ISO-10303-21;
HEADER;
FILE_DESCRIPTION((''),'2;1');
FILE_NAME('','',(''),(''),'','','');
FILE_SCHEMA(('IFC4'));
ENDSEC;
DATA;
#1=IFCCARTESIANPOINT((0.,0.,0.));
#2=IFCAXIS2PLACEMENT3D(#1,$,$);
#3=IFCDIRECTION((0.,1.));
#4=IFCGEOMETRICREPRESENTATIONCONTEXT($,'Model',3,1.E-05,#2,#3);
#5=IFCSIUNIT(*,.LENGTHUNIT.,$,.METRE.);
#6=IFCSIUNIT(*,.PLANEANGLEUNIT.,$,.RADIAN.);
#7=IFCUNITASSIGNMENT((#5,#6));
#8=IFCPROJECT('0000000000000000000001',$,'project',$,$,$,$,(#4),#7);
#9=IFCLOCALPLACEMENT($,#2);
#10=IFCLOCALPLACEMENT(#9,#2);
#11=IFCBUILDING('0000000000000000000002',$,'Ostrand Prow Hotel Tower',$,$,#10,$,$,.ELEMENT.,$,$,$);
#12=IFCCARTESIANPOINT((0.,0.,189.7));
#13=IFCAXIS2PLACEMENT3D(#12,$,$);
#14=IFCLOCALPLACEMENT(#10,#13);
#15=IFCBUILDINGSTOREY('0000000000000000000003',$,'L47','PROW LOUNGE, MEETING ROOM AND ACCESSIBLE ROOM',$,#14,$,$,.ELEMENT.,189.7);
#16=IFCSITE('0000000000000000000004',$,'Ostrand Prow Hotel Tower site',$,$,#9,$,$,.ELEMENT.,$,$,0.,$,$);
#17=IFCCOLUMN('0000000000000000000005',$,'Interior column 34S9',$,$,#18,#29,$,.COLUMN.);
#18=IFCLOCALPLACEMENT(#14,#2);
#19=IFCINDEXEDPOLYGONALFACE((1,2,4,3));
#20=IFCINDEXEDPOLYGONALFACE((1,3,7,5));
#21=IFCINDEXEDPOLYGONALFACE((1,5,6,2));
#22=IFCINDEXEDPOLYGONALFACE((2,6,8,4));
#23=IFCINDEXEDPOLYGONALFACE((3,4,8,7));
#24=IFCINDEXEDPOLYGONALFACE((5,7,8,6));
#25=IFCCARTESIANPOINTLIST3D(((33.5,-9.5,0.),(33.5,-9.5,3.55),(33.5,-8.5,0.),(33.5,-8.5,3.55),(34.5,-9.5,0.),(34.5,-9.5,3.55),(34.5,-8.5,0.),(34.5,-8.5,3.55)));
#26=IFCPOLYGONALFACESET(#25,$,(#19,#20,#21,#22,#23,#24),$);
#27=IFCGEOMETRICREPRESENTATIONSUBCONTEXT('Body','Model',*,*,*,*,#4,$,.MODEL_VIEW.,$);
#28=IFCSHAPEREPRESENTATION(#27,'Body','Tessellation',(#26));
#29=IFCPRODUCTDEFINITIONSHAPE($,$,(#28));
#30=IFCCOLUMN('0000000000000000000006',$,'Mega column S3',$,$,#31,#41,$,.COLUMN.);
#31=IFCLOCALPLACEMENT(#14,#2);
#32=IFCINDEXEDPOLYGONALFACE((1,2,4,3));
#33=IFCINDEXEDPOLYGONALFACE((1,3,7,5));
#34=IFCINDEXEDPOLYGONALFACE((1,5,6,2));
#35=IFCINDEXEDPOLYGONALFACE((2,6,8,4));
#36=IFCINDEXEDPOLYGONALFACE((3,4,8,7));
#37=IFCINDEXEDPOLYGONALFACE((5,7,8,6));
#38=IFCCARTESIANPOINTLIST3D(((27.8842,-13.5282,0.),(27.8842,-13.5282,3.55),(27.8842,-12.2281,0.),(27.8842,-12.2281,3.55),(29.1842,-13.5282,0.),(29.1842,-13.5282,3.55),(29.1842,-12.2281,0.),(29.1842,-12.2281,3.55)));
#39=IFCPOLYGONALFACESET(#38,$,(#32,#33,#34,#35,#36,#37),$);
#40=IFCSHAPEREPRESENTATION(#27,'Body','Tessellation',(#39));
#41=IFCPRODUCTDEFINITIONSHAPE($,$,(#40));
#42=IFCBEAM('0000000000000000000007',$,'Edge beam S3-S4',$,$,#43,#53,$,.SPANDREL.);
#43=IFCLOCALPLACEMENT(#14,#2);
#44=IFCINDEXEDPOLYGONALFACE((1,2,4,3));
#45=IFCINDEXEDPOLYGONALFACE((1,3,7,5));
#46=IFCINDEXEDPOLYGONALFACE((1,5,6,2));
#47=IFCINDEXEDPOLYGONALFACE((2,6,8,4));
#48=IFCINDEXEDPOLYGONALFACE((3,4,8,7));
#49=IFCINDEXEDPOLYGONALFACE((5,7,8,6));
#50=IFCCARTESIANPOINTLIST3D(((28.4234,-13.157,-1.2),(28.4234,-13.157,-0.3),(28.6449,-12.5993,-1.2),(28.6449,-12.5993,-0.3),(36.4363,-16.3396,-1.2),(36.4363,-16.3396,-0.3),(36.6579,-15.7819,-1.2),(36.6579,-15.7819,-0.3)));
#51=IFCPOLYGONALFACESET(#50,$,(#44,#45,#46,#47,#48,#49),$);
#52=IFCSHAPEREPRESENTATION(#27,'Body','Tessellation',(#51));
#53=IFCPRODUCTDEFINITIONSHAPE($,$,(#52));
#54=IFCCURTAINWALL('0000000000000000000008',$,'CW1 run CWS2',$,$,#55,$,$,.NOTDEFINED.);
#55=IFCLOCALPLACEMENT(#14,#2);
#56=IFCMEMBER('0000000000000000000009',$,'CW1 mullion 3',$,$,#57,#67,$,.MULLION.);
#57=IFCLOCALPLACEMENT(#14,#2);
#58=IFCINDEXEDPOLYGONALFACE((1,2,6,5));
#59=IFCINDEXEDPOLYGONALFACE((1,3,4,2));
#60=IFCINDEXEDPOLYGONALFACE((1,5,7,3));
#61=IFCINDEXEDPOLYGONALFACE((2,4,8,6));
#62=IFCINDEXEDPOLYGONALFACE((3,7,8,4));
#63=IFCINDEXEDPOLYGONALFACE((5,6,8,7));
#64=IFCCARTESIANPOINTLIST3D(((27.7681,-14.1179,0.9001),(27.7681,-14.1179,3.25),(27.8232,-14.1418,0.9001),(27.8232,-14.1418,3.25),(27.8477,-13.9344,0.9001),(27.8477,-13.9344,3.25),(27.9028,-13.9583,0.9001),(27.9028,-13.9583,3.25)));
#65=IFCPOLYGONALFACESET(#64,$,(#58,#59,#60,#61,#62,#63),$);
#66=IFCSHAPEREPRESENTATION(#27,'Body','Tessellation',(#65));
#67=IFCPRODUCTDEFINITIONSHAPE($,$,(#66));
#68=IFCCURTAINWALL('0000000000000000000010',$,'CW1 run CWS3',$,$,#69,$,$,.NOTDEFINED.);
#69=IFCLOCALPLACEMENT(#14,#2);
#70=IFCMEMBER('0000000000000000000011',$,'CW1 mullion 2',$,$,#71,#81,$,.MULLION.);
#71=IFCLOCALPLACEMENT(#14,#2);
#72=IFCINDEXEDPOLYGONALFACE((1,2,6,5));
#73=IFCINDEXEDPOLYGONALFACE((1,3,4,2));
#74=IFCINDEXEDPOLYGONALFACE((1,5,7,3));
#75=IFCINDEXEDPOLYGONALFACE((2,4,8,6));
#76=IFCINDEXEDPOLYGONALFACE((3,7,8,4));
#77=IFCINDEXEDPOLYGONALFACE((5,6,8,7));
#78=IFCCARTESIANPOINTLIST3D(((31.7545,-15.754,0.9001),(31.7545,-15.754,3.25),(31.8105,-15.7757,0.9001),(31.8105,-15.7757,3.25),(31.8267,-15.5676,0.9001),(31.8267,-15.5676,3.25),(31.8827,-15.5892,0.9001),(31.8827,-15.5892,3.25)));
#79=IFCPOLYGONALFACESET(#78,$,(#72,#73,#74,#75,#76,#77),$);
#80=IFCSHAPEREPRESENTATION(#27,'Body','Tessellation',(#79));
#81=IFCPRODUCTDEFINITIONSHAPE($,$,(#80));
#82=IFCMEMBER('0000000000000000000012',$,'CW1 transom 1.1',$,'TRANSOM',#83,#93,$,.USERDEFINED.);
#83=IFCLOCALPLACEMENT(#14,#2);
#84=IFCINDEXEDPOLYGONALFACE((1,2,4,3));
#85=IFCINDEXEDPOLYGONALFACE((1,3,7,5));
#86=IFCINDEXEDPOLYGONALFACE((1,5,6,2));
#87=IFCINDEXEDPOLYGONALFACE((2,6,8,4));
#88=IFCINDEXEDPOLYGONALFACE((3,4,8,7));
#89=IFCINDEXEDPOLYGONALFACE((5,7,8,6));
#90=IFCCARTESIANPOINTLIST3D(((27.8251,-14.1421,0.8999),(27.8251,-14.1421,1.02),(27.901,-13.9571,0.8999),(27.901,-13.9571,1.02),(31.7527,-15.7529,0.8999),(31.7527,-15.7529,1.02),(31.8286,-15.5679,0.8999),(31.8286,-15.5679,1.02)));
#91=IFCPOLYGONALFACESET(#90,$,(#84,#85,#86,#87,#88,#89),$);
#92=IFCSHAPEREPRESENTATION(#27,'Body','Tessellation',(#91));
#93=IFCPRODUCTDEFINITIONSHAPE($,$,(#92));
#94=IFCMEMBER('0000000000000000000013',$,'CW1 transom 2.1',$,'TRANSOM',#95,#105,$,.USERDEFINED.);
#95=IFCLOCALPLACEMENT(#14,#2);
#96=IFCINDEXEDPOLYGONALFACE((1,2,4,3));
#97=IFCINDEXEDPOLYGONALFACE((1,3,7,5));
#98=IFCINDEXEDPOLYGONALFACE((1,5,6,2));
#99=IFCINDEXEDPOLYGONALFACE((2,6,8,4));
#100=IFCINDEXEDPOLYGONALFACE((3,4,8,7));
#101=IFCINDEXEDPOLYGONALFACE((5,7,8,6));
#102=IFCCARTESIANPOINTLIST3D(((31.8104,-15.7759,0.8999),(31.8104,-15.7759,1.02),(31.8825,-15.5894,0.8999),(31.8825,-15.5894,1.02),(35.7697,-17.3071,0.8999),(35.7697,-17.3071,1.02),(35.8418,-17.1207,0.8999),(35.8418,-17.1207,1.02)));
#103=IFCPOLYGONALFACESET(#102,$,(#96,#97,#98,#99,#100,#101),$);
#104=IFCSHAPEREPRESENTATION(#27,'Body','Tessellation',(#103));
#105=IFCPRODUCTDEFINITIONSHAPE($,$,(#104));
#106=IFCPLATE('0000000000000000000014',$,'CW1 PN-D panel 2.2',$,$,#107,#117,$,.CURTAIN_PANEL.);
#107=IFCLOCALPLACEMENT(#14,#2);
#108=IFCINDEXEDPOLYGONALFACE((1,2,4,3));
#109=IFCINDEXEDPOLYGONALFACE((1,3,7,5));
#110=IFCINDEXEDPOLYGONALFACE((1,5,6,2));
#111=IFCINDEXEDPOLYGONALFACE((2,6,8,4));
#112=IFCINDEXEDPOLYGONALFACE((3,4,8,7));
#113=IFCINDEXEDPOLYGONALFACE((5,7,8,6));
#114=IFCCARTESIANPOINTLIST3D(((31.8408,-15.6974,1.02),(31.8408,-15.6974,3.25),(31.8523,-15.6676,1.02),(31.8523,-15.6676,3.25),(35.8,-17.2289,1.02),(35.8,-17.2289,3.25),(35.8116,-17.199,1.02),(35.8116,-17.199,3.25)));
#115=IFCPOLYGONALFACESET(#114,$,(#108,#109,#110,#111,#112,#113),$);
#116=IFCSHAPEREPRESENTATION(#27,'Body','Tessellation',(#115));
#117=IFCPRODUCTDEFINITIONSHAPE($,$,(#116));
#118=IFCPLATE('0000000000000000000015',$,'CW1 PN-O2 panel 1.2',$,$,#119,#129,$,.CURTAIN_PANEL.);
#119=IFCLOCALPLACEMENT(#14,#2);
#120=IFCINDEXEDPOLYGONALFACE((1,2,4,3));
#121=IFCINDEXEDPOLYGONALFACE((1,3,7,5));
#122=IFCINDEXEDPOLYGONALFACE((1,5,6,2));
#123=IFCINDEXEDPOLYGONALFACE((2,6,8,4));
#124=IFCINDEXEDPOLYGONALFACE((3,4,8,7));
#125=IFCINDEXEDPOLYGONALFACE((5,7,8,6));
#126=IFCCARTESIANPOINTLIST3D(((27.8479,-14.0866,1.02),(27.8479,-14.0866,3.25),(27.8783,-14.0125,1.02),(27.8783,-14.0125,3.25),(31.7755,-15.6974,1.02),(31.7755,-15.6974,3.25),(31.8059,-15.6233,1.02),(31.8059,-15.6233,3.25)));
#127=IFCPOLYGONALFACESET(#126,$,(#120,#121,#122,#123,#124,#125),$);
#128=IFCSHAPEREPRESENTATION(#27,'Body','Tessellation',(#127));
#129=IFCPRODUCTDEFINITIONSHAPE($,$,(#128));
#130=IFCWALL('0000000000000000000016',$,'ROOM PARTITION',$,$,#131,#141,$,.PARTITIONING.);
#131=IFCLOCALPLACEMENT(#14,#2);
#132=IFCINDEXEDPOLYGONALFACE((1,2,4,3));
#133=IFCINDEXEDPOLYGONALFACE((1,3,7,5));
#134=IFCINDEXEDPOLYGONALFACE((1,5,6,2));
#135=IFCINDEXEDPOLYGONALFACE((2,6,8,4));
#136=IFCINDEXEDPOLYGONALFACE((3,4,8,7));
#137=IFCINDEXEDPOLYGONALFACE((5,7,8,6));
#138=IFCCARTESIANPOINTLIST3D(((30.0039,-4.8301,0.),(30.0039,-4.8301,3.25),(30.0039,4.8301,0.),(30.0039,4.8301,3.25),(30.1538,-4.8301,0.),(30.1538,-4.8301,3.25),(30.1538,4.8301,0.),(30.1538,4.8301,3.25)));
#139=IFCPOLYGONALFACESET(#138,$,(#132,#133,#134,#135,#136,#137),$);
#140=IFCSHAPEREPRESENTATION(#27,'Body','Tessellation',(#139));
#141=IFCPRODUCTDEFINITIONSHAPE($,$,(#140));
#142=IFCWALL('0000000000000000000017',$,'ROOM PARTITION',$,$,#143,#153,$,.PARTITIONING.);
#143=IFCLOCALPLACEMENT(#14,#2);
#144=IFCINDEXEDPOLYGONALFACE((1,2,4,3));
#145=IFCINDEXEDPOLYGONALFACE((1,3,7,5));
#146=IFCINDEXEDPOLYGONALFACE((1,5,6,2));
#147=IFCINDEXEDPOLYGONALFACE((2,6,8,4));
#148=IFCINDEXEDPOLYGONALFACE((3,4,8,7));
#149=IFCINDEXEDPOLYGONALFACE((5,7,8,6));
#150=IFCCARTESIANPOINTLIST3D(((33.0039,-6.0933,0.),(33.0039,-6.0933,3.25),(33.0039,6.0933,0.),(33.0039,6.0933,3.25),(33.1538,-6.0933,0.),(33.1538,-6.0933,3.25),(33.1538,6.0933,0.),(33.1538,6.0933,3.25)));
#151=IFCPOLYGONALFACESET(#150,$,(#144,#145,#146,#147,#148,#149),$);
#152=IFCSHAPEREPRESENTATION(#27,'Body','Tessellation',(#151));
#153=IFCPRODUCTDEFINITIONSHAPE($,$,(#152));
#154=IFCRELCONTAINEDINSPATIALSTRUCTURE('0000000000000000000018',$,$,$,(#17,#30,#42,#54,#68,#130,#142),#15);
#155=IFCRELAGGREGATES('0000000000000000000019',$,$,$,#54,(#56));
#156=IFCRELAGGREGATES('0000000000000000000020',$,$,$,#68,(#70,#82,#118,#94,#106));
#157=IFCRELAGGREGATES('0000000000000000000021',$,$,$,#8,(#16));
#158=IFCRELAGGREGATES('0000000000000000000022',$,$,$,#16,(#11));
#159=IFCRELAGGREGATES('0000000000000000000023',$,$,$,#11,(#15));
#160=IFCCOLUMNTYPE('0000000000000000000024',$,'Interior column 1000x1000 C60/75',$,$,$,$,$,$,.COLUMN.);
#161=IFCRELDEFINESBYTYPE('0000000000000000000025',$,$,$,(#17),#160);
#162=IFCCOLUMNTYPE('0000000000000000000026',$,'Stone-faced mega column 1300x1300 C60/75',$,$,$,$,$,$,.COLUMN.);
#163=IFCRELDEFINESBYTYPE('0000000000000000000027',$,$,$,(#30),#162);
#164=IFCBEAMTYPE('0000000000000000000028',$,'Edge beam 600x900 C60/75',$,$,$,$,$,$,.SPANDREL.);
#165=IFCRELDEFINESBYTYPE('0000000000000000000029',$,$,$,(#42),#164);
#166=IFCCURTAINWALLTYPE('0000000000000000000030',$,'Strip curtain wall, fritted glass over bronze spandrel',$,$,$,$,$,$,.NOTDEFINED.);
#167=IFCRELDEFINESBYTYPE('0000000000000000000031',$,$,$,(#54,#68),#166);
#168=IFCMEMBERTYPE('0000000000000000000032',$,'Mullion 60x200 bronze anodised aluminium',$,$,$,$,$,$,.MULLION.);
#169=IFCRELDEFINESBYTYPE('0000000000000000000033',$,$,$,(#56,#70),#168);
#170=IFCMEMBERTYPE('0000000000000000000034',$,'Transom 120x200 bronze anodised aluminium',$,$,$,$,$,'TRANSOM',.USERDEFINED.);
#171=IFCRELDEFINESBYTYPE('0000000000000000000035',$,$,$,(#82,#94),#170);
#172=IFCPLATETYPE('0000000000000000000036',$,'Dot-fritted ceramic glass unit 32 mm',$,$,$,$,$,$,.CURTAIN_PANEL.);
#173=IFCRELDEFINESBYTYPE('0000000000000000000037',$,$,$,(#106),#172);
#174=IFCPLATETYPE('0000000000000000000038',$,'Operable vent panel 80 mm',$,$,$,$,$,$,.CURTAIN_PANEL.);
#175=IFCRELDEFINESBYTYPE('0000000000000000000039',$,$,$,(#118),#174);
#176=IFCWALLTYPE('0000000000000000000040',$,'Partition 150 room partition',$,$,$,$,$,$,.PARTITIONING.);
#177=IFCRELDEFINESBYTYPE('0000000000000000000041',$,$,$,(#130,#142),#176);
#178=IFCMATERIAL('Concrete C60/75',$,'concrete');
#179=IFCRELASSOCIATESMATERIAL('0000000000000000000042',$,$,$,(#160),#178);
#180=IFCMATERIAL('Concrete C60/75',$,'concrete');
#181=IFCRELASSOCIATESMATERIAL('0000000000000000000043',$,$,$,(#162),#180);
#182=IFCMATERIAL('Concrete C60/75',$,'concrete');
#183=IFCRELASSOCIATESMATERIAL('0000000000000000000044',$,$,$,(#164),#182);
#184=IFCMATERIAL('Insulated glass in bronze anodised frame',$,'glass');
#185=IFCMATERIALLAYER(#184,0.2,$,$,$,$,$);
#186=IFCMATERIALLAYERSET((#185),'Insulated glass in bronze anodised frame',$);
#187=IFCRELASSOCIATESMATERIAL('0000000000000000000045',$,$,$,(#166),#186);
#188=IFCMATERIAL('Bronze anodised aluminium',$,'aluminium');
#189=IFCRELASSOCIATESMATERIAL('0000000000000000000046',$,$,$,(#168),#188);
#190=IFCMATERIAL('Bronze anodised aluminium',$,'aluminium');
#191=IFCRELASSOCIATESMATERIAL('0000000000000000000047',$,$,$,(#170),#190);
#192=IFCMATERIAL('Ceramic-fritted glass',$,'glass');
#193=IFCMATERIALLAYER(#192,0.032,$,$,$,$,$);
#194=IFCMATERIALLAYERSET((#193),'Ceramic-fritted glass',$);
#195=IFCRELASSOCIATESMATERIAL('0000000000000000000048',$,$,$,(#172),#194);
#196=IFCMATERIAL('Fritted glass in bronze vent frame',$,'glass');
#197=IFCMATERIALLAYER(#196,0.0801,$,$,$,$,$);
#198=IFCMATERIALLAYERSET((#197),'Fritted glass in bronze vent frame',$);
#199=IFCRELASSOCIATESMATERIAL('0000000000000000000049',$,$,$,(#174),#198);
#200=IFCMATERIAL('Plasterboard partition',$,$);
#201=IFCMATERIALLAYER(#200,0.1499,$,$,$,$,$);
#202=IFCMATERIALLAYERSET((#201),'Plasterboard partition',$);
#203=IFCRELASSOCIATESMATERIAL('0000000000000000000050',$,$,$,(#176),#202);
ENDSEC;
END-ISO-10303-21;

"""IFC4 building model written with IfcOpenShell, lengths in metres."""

from ifc_helpers import new_model, si_unit, direction, frame, frame_2d, origin, origin_2d, place, context, subcontext, project, spatial, rectangle, extrude, material, layer, layer_set, material_profile, profile_set, type_object, element, aggregate, save


model = new_model("IFC4")

# Units and contexts
model_context = context("Model", 3, precision=1e-05, world=origin(), true_north=direction((0.0, 1.0)))
body_context = subcontext(model_context, "Body", "Model", "MODEL_VIEW")
ifc_project = project(units=[si_unit("LENGTHUNIT", "METRE"), si_unit("PLANEANGLEUNIT", "RADIAN")], contexts=[model_context])

# Site, building, storey
site_placement = place(None, origin())
site = spatial("IfcSite", under=ifc_project, at=site_placement, Name="Ostrand Prow Hotel Tower site", CompositionType="ELEMENT", RefElevation=0.0)
building_placement = place(site_placement, origin())
building = spatial("IfcBuilding", under=site, at=building_placement, Name="Ostrand Prow Hotel Tower", CompositionType="ELEMENT")
storey_placement = place(building_placement, frame((0.0, 0.0, 189.7)))
storey = spatial("IfcBuildingStorey", under=building, at=storey_placement, Name="L47", Description="PROW LOUNGE, MEETING ROOM AND ACCESSIBLE ROOM", CompositionType="ELEMENT", Elevation=189.7)

# Columns
ifc_material_1 = material(Name="Concrete C60/75", Category="concrete")
ifc_material_profile_1 = material_profile(ifc_material_1, rectangle(XDim=1.0, YDim=1.0, at=origin_2d()), Name="RC 1000x1000")
ifc_profile_set_1 = profile_set([ifc_material_profile_1], Name="Concrete C60/75")
column_type_1 = type_object("IfcColumnType", Name="Interior column 1000x1000 C60/75", PredefinedType="COLUMN", material=ifc_profile_set_1)
column_1_placement = place(storey_placement, frame((34.0, -9.0, 0.0), z_axis=(0.0, 0.0, 1.0), x_axis=(1.0, 0.0, 0.0)))
element("IfcColumn", 1, at=column_1_placement, inside=storey, type_object=column_type_1, Name="Interior column 34S9", PredefinedType="COLUMN", context=body_context, shape_type="SweptSolid", body=[
    extrude(rectangle(XDim=1.0, YDim=1.0, at=origin_2d()), origin(), (0.0, 0.0, 1.0), 3.55),
])
ifc_material_2 = material(Name="Concrete C60/75", Category="concrete")
ifc_material_profile_2 = material_profile(ifc_material_2, rectangle(XDim=1.3, YDim=1.3, at=origin_2d()), Name="RC 1300x1300")
ifc_profile_set_2 = profile_set([ifc_material_profile_2], Name="Concrete C60/75")
column_type_2 = type_object("IfcColumnType", Name="Stone-faced mega column 1300x1300 C60/75", PredefinedType="COLUMN", material=ifc_profile_set_2)
column_2_placement = place(storey_placement, frame((28.5342, -12.8782, 0.0), z_axis=(0.0, 0.0, 1.0), x_axis=(1.0, 0.0, 0.0)))
element("IfcColumn", 2, at=column_2_placement, inside=storey, type_object=column_type_2, Name="Mega column S3", PredefinedType="COLUMN", context=body_context, shape_type="SweptSolid", body=[
    extrude(rectangle(XDim=1.3, YDim=1.3, at=origin_2d()), origin(), (0.0, 0.0, 1.0), 3.55),
])

# Beam
ifc_material_3 = material(Name="Concrete C60/75", Category="concrete")
ifc_material_profile_3 = material_profile(ifc_material_3, rectangle(XDim=0.6001, YDim=0.8999, at=origin_2d()), Name="RC 600x900")
ifc_profile_set_3 = profile_set([ifc_material_profile_3], Name="Concrete C60/75")
beam_type = type_object("IfcBeamType", Name="Edge beam 600x900 C60/75", PredefinedType="SPANDREL", material=ifc_profile_set_3)
beam_placement = place(storey_placement, frame((28.5342, -12.8782, -0.75), z_axis=(0.929376, -0.369134, 0.0), x_axis=(0.369134, 0.929376, 0.0)))
element("IfcBeam", 3, at=beam_placement, inside=storey, type_object=beam_type, Name="Edge beam S3-S4", PredefinedType="SPANDREL", context=body_context, shape_type="SweptSolid", body=[
    extrude(rectangle(XDim=0.6001, YDim=0.8999, at=origin_2d()), origin(), (0.0, 0.0, 1.0), 8.6218),
])

# Curtain wall, member
ifc_material_4 = material(Name="Insulated glass in bronze anodised frame", Category="glass")
ifc_layer_1 = layer(ifc_material_4, 0.2)
ifc_layer_set_1 = layer_set([ifc_layer_1], Name="Insulated glass in bronze anodised frame")
curtain_wall_type = type_object("IfcCurtainWallType", Name="Strip curtain wall, fritted glass over bronze spandrel", PredefinedType="NOTDEFINED", material=ifc_layer_set_1)
curtain_wall_1_placement = place(storey_placement, origin())
curtain_wall_1 = element("IfcCurtainWall", 4, at=curtain_wall_1_placement, inside=storey, type_object=curtain_wall_type, Name="CW1 run CWS2", PredefinedType="NOTDEFINED")
ifc_material_5 = material(Name="Bronze anodised aluminium", Category="aluminium")
ifc_material_profile_4 = material_profile(ifc_material_5, rectangle(XDim=0.2, YDim=0.0601, at=origin_2d()), Name="Mullion 60x200 bronze anodised aluminium")
ifc_profile_set_4 = profile_set([ifc_material_profile_4], Name="Bronze anodised aluminium")
member_type_1 = type_object("IfcMemberType", Name="Mullion 60x200 bronze anodised aluminium", PredefinedType="MULLION", material=ifc_profile_set_4)
member_1_placement = place(storey_placement, frame((27.8354, -14.0381, 0.9001), z_axis=(0.0, 0.0, 1.0), x_axis=(0.398005, 0.917383, 0.0)))
member_1 = element("IfcMember", 5, at=member_1_placement, type_object=member_type_1, Name="CW1 mullion 3", PredefinedType="MULLION", context=body_context, shape_type="SweptSolid", body=[
    extrude(rectangle(XDim=0.2, YDim=0.0601, at=origin_2d()), origin(), (0.0, 0.0, 1.0), 2.3499),
])
aggregate(curtain_wall_1, [member_1])

# Curtain wall, members, plates
curtain_wall_2_placement = place(storey_placement, origin())
curtain_wall_2 = element("IfcCurtainWall", 6, at=curtain_wall_2_placement, inside=storey, type_object=curtain_wall_type, Name="CW1 run CWS3", PredefinedType="NOTDEFINED")
member_2_placement = place(storey_placement, frame((31.8186, -15.6716, 0.9001), z_axis=(0.0, 0.0, 1.0), x_axis=(0.360749, 0.932663, 0.0)))
member_2 = element("IfcMember", 7, at=member_2_placement, type_object=member_type_1, Name="CW1 mullion 2", PredefinedType="MULLION", context=body_context, shape_type="SweptSolid", body=[
    extrude(rectangle(XDim=0.2, YDim=0.0601, at=origin_2d()), origin(), (0.0, 0.0, 1.0), 2.3499),
])
ifc_material_6 = material(Name="Bronze anodised aluminium", Category="aluminium")
ifc_material_profile_5 = material_profile(ifc_material_6, rectangle(XDim=0.2, YDim=0.1201, at=origin_2d()), Name="Transom 120x200 bronze anodised aluminium")
ifc_profile_set_5 = profile_set([ifc_material_profile_5], Name="Bronze anodised aluminium")
member_type_2 = type_object("IfcMemberType", Name="Transom 120x200 bronze anodised aluminium", ElementType="TRANSOM", PredefinedType="USERDEFINED", material=ifc_profile_set_5)
member_3_placement = place(storey_placement, frame((27.863, -14.0496, 0.96), z_axis=(0.925213, -0.379448, 0.0), x_axis=(0.379448, 0.925213, 0.0)))
member_3 = element("IfcMember", 8, at=member_3_placement, type_object=member_type_2, Name="CW1 transom 1.1", ObjectType="TRANSOM", PredefinedType="USERDEFINED", context=body_context, shape_type="SweptSolid", body=[
    extrude(rectangle(XDim=0.2, YDim=0.1201, at=origin_2d()), origin(), (0.0, 0.0, 1.0), 4.2451),
])
member_4_placement = place(storey_placement, frame((31.8464, -15.6826, 0.96), z_axis=(0.932675, -0.360717, 0.0), x_axis=(0.360717, 0.932675, 0.0)))
member_4 = element("IfcMember", 9, at=member_4_placement, type_object=member_type_2, Name="CW1 transom 2.1", ObjectType="TRANSOM", PredefinedType="USERDEFINED", context=body_context, shape_type="SweptSolid", body=[
    extrude(rectangle(XDim=0.2, YDim=0.1201, at=origin_2d()), origin(), (0.0, 0.0, 1.0), 4.2451),
])
ifc_material_7 = material(Name="Ceramic-fritted glass", Category="glass")
ifc_layer_2 = layer(ifc_material_7, 0.032)
ifc_layer_set_2 = layer_set([ifc_layer_2], Name="Ceramic-fritted glass")
plate_type_1 = type_object("IfcPlateType", Name="Dot-fritted ceramic glass unit 32 mm", PredefinedType="CURTAIN_PANEL", material=ifc_layer_set_2)
plate_1_placement = place(storey_placement, frame((33.8262, -16.4482, 1.02), z_axis=(0.0, 0.0, 1.0), x_axis=(0.932663, -0.360749, 0.0)))
plate_1 = element("IfcPlate", 10, at=plate_1_placement, type_object=plate_type_1, Name="CW1 PN-D panel 2.2", PredefinedType="CURTAIN_PANEL", context=body_context, shape_type="SweptSolid", body=[
    extrude(rectangle(XDim=4.2451, YDim=0.032, at=origin_2d()), origin(), (0.0, 0.0, 1.0), 2.23),
])
ifc_material_8 = material(Name="Fritted glass in bronze vent frame", Category="glass")
ifc_layer_3 = layer(ifc_material_8, 0.0801)
ifc_layer_set_3 = layer_set([ifc_layer_3], Name="Fritted glass in bronze vent frame")
plate_type_2 = type_object("IfcPlateType", Name="Operable vent panel 80 mm", PredefinedType="CURTAIN_PANEL", material=ifc_layer_set_3)
plate_2_placement = place(storey_placement, frame((29.8269, -14.855, 1.02), z_axis=(0.0, 0.0, 1.0), x_axis=(0.925211, -0.379453, 0.0)))
plate_2 = element("IfcPlate", 11, at=plate_2_placement, type_object=plate_type_2, Name="CW1 PN-O2 panel 1.2", PredefinedType="CURTAIN_PANEL", context=body_context, shape_type="SweptSolid", body=[
    extrude(rectangle(XDim=4.2451, YDim=0.0801, at=origin_2d()), origin(), (0.0, 0.0, 1.0), 2.23),
])
aggregate(curtain_wall_2, [member_2, member_3, plate_2, member_4, plate_1])

# Walls
ifc_material_9 = material(Name="Plasterboard partition")
ifc_layer_4 = layer(ifc_material_9, 0.1499)
ifc_layer_set_4 = layer_set([ifc_layer_4], Name="Plasterboard partition")
wall_type_1 = type_object("IfcWallType", Name="Partition 150 room partition", PredefinedType="PARTITIONING", material=ifc_layer_set_4)
wall_1_placement = place(storey_placement, frame((30.0789, -4.8301, 0.0), z_axis=(0.0, 0.0, 1.0), x_axis=(0.0, 1.0, 0.0)))
element("IfcWall", 12, at=wall_1_placement, inside=storey, type_object=wall_type_1, Name="ROOM PARTITION", PredefinedType="PARTITIONING", context=body_context, shape_type="SweptSolid", body=[
    extrude(rectangle(XDim=9.6602, YDim=0.1499, at=frame_2d((4.8301, 0.0))), origin(), (0.0, 0.0, 1.0), 3.25),
])
wall_2_placement = place(storey_placement, frame((33.0789, -6.0933, 0.0), z_axis=(0.0, 0.0, 1.0), x_axis=(0.0, 1.0, 0.0)))
element("IfcWall", 13, at=wall_2_placement, inside=storey, type_object=wall_type_1, Name="ROOM PARTITION", PredefinedType="PARTITIONING", context=body_context, shape_type="SweptSolid", body=[
    extrude(rectangle(XDim=12.1865, YDim=0.1499, at=frame_2d((6.0933, 0.0))), origin(), (0.0, 0.0, 1.0), 3.25),
])

save(model, "model.ifc")
